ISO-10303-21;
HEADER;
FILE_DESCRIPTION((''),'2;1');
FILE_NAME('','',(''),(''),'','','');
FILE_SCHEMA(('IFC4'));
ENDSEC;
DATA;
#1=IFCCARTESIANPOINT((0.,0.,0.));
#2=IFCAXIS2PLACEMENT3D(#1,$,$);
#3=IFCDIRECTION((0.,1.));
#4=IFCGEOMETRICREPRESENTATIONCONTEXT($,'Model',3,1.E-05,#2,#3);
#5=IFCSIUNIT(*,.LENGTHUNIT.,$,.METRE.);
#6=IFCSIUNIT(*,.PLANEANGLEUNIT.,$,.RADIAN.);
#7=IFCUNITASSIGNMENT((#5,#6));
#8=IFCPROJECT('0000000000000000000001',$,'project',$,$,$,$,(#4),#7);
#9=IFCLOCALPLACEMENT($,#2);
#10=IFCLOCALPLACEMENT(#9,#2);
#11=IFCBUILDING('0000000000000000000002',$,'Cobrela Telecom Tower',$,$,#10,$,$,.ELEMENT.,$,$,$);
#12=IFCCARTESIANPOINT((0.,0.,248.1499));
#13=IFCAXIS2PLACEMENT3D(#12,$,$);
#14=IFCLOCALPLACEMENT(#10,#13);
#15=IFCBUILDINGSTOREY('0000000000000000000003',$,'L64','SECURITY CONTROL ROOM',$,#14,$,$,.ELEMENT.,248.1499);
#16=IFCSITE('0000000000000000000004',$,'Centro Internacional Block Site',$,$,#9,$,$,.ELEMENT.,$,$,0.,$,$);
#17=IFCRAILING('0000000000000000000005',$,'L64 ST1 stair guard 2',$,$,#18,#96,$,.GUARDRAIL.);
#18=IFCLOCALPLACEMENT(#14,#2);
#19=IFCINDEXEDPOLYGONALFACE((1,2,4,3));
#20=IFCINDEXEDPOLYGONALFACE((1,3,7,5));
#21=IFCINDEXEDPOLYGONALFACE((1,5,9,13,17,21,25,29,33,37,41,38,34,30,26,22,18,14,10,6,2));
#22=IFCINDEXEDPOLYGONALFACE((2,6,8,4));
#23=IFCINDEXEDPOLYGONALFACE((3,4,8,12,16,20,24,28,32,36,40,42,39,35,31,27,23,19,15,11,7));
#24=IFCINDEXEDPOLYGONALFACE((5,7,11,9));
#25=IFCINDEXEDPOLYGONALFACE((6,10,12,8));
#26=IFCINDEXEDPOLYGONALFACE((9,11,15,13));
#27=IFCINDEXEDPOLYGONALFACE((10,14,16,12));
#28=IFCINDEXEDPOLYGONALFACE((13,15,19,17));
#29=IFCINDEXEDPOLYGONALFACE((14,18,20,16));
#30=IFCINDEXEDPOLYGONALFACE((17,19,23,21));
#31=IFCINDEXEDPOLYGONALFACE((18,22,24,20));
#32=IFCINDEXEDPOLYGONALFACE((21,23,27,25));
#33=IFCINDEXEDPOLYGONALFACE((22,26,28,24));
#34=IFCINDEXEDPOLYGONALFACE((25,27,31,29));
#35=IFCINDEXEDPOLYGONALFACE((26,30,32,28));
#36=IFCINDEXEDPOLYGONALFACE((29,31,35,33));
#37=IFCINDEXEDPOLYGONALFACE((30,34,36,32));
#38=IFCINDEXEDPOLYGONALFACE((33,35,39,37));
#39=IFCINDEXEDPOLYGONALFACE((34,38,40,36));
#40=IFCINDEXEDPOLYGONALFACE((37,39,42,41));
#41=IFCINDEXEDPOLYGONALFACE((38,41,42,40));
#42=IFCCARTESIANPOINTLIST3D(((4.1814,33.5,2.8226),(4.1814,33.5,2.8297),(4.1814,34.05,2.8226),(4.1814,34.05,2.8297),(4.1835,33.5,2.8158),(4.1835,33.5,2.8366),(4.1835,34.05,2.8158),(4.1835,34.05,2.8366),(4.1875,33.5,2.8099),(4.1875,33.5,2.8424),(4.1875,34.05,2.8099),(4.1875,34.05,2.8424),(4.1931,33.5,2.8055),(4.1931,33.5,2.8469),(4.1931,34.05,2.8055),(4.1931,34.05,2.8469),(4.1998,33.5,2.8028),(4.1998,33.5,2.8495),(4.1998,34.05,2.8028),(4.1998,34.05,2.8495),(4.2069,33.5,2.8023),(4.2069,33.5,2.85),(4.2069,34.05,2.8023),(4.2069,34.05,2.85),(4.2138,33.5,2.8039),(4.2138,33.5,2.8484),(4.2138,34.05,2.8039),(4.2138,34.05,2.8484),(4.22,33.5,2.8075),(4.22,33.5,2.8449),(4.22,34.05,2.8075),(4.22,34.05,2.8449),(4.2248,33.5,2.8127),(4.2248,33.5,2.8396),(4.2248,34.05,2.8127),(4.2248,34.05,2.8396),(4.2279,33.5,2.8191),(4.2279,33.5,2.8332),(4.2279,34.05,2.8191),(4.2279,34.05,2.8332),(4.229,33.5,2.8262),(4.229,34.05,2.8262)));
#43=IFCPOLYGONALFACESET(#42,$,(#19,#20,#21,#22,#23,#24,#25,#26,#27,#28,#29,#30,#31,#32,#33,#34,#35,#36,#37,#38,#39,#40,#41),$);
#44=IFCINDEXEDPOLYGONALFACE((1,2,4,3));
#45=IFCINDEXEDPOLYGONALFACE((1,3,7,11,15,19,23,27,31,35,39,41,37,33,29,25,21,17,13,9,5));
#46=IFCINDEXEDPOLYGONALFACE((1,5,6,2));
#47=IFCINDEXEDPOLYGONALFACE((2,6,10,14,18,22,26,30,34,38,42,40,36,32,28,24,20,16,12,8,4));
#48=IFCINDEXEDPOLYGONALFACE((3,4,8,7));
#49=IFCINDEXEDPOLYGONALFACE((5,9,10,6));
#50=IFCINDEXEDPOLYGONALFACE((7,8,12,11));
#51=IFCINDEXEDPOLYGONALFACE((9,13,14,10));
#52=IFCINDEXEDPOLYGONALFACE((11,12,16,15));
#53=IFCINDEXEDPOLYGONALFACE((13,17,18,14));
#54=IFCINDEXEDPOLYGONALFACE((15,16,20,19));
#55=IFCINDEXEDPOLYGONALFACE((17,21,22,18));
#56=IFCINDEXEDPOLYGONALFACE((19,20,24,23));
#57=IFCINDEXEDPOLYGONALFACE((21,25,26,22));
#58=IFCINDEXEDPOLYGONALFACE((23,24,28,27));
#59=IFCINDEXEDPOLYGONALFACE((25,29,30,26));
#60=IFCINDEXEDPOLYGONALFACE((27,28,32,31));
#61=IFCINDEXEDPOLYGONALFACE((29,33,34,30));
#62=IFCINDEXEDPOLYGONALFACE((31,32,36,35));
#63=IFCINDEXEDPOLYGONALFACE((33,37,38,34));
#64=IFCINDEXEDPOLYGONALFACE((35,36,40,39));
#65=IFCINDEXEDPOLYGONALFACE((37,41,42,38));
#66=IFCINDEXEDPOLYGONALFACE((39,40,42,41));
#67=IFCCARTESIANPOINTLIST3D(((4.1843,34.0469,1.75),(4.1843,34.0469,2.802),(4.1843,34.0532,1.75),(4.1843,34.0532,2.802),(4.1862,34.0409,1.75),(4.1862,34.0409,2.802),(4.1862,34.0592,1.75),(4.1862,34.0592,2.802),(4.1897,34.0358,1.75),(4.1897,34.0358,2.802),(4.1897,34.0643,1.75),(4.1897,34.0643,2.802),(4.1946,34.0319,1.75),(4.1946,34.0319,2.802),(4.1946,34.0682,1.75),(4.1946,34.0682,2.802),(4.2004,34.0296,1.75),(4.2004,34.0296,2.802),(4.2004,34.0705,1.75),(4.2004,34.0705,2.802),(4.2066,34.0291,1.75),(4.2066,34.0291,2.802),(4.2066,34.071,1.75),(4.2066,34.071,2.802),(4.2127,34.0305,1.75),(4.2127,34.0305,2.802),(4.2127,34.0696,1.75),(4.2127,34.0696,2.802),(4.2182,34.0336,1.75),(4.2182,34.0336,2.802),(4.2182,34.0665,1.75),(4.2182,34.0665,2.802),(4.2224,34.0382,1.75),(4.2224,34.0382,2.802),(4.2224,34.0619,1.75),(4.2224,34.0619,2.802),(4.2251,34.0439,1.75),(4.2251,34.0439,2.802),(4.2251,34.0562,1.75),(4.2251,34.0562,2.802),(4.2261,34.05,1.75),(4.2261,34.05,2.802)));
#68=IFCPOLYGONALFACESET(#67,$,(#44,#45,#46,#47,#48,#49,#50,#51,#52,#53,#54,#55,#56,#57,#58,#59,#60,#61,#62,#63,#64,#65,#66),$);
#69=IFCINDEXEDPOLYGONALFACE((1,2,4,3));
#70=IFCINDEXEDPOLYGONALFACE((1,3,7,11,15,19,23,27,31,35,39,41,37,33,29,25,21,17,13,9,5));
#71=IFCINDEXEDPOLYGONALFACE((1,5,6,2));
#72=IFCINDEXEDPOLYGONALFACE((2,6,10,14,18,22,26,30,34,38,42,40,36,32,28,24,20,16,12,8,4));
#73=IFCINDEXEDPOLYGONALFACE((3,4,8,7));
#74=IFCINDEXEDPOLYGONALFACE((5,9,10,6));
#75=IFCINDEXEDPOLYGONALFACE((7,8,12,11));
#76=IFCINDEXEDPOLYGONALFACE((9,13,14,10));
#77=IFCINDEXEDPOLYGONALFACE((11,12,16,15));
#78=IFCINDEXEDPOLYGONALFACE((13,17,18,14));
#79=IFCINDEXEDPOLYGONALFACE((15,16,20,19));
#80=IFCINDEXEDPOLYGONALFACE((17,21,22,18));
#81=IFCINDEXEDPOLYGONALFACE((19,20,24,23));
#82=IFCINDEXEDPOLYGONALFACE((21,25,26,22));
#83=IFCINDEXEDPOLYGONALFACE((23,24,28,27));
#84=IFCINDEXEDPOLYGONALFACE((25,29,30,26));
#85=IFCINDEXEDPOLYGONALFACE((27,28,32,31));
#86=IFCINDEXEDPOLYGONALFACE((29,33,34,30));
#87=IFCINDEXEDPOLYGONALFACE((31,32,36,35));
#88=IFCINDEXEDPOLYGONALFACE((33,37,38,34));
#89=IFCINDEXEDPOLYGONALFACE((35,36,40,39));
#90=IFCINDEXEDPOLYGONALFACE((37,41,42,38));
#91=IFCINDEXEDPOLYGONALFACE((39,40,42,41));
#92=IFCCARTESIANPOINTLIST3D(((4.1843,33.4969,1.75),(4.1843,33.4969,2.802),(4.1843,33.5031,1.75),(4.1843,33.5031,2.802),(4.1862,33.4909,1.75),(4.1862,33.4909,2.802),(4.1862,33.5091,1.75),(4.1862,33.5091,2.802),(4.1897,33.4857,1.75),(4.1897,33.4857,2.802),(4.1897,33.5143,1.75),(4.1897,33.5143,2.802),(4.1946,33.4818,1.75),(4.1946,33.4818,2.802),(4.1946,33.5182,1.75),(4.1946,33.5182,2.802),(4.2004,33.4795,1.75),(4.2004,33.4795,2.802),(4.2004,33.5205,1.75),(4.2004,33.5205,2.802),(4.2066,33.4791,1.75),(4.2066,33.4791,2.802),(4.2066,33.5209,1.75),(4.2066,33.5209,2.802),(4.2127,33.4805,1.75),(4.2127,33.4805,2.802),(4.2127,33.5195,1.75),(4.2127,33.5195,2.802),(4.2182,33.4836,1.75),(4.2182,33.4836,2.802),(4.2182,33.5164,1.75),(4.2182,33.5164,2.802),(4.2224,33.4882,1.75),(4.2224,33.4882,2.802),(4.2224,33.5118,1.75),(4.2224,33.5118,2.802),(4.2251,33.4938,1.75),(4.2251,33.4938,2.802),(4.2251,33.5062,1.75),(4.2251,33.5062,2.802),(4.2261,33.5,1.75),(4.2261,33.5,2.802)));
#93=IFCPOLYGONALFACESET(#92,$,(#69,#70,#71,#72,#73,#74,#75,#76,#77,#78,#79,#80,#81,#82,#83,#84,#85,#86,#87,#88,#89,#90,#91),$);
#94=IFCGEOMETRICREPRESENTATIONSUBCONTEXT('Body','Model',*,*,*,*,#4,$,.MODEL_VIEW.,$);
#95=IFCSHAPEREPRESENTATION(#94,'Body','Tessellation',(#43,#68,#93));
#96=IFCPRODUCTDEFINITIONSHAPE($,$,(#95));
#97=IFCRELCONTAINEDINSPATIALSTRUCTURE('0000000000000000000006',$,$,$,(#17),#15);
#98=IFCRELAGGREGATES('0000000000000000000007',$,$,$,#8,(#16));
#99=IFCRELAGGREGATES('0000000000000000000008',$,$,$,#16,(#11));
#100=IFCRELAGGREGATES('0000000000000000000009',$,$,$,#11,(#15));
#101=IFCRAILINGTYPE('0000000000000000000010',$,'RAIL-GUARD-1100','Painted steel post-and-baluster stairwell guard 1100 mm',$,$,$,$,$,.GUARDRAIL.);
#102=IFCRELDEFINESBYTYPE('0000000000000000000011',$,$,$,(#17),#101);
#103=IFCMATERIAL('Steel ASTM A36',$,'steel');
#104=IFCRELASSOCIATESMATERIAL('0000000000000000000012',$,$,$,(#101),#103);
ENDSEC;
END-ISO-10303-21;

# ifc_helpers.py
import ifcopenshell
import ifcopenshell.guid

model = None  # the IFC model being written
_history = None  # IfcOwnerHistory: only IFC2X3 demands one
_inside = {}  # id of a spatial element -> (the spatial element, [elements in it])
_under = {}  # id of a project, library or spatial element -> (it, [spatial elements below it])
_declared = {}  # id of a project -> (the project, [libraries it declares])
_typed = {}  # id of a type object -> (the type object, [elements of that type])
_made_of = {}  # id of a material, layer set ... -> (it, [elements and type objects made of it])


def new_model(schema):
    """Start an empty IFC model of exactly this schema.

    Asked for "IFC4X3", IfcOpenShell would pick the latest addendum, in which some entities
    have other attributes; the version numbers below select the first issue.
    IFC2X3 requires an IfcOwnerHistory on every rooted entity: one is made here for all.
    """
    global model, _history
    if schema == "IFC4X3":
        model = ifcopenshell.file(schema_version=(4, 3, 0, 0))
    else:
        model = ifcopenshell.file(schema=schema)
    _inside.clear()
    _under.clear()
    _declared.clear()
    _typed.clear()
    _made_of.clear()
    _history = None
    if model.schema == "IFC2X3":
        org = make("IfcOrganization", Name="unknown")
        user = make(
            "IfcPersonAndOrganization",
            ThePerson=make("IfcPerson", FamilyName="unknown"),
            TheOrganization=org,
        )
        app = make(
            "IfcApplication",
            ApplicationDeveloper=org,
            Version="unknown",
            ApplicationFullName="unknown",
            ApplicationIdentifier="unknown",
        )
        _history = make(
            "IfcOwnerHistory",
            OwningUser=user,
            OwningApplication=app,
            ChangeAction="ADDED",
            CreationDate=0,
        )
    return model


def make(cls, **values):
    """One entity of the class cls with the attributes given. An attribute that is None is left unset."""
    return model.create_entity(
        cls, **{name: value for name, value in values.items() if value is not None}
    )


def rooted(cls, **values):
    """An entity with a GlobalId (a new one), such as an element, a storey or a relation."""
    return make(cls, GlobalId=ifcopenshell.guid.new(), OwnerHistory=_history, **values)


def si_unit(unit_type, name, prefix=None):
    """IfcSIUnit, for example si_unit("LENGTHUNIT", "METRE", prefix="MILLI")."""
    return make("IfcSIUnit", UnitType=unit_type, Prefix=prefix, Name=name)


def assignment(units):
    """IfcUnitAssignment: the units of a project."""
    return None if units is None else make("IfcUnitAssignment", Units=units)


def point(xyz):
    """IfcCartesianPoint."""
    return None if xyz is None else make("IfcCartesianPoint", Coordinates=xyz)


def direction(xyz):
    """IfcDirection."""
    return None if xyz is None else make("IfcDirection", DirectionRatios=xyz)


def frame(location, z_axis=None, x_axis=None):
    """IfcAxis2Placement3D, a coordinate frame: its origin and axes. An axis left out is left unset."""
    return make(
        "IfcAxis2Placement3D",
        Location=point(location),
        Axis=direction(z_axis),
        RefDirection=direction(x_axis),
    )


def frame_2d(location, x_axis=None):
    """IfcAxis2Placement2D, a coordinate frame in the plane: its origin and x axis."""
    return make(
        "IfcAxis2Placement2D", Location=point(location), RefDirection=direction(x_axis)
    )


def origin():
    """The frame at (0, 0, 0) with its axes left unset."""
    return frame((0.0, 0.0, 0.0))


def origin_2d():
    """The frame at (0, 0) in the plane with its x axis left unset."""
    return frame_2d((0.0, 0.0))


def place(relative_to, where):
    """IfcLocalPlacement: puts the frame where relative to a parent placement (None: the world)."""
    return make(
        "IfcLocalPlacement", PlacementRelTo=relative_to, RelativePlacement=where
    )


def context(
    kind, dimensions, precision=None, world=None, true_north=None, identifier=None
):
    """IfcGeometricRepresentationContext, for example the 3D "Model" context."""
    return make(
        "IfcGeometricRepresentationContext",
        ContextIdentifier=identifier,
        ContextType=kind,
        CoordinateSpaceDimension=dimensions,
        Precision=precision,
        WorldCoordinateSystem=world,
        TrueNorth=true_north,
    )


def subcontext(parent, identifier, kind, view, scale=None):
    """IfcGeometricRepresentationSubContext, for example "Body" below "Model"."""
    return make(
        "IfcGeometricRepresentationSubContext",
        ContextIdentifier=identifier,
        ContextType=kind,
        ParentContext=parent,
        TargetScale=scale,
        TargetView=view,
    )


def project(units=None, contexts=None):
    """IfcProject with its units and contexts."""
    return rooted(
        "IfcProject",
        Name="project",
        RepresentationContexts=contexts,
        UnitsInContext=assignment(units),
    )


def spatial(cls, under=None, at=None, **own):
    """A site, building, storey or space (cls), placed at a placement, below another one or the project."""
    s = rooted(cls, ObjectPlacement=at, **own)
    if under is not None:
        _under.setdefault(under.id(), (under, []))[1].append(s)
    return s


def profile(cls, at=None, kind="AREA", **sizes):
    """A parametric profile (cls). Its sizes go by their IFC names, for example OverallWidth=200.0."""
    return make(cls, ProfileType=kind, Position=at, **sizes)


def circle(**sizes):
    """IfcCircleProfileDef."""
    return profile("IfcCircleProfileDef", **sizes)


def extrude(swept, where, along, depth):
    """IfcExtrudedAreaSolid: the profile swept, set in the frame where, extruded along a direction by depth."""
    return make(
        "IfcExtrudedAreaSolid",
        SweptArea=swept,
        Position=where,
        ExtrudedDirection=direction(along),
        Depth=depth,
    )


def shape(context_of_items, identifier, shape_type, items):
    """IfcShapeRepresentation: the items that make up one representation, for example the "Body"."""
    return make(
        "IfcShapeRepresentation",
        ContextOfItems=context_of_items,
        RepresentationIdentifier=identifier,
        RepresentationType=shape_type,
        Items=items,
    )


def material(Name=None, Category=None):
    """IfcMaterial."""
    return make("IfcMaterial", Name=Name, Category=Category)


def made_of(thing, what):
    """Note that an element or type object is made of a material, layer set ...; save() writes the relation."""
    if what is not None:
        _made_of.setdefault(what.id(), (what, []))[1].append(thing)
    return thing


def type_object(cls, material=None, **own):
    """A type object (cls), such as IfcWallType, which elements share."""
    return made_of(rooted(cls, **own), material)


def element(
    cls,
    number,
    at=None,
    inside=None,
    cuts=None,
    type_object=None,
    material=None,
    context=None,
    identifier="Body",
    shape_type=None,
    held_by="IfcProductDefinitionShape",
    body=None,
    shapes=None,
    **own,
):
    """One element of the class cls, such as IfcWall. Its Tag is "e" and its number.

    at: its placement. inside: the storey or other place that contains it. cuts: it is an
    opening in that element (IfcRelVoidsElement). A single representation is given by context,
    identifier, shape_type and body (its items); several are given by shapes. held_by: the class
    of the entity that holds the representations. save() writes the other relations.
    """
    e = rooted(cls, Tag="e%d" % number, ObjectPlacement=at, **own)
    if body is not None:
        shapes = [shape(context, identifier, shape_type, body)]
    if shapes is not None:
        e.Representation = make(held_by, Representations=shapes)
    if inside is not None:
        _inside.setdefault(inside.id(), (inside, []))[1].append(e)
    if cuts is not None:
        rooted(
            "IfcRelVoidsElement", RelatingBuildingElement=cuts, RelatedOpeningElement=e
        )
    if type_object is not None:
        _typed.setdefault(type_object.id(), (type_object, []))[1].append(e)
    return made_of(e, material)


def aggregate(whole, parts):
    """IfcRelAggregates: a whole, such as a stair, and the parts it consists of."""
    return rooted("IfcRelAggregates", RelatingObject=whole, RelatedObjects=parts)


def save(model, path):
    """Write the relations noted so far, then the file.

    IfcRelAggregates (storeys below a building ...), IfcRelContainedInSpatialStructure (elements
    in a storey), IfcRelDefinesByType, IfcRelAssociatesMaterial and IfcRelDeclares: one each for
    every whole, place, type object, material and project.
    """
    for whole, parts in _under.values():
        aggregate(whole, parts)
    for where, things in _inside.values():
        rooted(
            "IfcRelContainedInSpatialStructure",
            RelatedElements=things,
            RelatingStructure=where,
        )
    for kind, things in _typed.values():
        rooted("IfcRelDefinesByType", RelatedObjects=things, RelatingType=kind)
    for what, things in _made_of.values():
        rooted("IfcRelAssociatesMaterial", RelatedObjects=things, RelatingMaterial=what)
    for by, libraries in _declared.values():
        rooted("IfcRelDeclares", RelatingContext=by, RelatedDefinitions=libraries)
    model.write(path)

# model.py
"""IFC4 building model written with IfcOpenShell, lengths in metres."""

from ifc_helpers import new_model, si_unit, direction, frame, origin, origin_2d, place, context, subcontext, project, spatial, circle, extrude, material, type_object, element, save


model = new_model("IFC4")

# Units and contexts
model_context = context("Model", 3, precision=1e-05, world=origin(), true_north=direction((0.0, 1.0)))
body_context = subcontext(model_context, "Body", "Model", "MODEL_VIEW")
ifc_project = project(units=[si_unit("LENGTHUNIT", "METRE"), si_unit("PLANEANGLEUNIT", "RADIAN")], contexts=[model_context])

# Site, building, storey
site_placement = place(None, origin())
site = spatial("IfcSite", under=ifc_project, at=site_placement, Name="Centro Internacional Block Site", CompositionType="ELEMENT", RefElevation=0.0)
building_placement = place(site_placement, origin())
building = spatial("IfcBuilding", under=site, at=building_placement, Name="Cobrela Telecom Tower", CompositionType="ELEMENT")
storey_placement = place(building_placement, frame((0.0, 0.0, 248.1499)))
storey = spatial("IfcBuildingStorey", under=building, at=storey_placement, Name="L64", Description="SECURITY CONTROL ROOM", CompositionType="ELEMENT", Elevation=248.1499)

# Shared definitions
ifc_material_1 = material(Name="Steel ASTM A36", Category="steel")

# Railing
railing_type_1 = type_object("IfcRailingType", Name="RAIL-GUARD-1100", Description="Painted steel post-and-baluster stairwell guard 1100 mm", PredefinedType="GUARDRAIL", material=ifc_material_1)
railing_1_placement = place(storey_placement, frame((4.2051, 34.05, 1.75)))
element("IfcRailing", 1, at=railing_1_placement, inside=storey, type_object=railing_type_1, Name="L64 ST1 stair guard 2", PredefinedType="GUARDRAIL", context=body_context, shape_type="SweptSolid", body=[
    extrude(circle(Radius=0.0239, at=origin_2d()), frame((0.0, 0.0, 1.0762), z_axis=(0.0, -1.0, 0.0), x_axis=(1.0, 0.0, 0.0)), (0.0, 0.0, 1.0), 0.55),
    extrude(circle(Radius=0.021, at=origin_2d()), origin(), (0.0, 0.0, 1.0), 1.052),
    extrude(circle(Radius=0.021, at=origin_2d()), frame((0.0, -0.55, 0.0)), (0.0, 0.0, 1.0), 1.052),
])

save(model, "model.ifc")
